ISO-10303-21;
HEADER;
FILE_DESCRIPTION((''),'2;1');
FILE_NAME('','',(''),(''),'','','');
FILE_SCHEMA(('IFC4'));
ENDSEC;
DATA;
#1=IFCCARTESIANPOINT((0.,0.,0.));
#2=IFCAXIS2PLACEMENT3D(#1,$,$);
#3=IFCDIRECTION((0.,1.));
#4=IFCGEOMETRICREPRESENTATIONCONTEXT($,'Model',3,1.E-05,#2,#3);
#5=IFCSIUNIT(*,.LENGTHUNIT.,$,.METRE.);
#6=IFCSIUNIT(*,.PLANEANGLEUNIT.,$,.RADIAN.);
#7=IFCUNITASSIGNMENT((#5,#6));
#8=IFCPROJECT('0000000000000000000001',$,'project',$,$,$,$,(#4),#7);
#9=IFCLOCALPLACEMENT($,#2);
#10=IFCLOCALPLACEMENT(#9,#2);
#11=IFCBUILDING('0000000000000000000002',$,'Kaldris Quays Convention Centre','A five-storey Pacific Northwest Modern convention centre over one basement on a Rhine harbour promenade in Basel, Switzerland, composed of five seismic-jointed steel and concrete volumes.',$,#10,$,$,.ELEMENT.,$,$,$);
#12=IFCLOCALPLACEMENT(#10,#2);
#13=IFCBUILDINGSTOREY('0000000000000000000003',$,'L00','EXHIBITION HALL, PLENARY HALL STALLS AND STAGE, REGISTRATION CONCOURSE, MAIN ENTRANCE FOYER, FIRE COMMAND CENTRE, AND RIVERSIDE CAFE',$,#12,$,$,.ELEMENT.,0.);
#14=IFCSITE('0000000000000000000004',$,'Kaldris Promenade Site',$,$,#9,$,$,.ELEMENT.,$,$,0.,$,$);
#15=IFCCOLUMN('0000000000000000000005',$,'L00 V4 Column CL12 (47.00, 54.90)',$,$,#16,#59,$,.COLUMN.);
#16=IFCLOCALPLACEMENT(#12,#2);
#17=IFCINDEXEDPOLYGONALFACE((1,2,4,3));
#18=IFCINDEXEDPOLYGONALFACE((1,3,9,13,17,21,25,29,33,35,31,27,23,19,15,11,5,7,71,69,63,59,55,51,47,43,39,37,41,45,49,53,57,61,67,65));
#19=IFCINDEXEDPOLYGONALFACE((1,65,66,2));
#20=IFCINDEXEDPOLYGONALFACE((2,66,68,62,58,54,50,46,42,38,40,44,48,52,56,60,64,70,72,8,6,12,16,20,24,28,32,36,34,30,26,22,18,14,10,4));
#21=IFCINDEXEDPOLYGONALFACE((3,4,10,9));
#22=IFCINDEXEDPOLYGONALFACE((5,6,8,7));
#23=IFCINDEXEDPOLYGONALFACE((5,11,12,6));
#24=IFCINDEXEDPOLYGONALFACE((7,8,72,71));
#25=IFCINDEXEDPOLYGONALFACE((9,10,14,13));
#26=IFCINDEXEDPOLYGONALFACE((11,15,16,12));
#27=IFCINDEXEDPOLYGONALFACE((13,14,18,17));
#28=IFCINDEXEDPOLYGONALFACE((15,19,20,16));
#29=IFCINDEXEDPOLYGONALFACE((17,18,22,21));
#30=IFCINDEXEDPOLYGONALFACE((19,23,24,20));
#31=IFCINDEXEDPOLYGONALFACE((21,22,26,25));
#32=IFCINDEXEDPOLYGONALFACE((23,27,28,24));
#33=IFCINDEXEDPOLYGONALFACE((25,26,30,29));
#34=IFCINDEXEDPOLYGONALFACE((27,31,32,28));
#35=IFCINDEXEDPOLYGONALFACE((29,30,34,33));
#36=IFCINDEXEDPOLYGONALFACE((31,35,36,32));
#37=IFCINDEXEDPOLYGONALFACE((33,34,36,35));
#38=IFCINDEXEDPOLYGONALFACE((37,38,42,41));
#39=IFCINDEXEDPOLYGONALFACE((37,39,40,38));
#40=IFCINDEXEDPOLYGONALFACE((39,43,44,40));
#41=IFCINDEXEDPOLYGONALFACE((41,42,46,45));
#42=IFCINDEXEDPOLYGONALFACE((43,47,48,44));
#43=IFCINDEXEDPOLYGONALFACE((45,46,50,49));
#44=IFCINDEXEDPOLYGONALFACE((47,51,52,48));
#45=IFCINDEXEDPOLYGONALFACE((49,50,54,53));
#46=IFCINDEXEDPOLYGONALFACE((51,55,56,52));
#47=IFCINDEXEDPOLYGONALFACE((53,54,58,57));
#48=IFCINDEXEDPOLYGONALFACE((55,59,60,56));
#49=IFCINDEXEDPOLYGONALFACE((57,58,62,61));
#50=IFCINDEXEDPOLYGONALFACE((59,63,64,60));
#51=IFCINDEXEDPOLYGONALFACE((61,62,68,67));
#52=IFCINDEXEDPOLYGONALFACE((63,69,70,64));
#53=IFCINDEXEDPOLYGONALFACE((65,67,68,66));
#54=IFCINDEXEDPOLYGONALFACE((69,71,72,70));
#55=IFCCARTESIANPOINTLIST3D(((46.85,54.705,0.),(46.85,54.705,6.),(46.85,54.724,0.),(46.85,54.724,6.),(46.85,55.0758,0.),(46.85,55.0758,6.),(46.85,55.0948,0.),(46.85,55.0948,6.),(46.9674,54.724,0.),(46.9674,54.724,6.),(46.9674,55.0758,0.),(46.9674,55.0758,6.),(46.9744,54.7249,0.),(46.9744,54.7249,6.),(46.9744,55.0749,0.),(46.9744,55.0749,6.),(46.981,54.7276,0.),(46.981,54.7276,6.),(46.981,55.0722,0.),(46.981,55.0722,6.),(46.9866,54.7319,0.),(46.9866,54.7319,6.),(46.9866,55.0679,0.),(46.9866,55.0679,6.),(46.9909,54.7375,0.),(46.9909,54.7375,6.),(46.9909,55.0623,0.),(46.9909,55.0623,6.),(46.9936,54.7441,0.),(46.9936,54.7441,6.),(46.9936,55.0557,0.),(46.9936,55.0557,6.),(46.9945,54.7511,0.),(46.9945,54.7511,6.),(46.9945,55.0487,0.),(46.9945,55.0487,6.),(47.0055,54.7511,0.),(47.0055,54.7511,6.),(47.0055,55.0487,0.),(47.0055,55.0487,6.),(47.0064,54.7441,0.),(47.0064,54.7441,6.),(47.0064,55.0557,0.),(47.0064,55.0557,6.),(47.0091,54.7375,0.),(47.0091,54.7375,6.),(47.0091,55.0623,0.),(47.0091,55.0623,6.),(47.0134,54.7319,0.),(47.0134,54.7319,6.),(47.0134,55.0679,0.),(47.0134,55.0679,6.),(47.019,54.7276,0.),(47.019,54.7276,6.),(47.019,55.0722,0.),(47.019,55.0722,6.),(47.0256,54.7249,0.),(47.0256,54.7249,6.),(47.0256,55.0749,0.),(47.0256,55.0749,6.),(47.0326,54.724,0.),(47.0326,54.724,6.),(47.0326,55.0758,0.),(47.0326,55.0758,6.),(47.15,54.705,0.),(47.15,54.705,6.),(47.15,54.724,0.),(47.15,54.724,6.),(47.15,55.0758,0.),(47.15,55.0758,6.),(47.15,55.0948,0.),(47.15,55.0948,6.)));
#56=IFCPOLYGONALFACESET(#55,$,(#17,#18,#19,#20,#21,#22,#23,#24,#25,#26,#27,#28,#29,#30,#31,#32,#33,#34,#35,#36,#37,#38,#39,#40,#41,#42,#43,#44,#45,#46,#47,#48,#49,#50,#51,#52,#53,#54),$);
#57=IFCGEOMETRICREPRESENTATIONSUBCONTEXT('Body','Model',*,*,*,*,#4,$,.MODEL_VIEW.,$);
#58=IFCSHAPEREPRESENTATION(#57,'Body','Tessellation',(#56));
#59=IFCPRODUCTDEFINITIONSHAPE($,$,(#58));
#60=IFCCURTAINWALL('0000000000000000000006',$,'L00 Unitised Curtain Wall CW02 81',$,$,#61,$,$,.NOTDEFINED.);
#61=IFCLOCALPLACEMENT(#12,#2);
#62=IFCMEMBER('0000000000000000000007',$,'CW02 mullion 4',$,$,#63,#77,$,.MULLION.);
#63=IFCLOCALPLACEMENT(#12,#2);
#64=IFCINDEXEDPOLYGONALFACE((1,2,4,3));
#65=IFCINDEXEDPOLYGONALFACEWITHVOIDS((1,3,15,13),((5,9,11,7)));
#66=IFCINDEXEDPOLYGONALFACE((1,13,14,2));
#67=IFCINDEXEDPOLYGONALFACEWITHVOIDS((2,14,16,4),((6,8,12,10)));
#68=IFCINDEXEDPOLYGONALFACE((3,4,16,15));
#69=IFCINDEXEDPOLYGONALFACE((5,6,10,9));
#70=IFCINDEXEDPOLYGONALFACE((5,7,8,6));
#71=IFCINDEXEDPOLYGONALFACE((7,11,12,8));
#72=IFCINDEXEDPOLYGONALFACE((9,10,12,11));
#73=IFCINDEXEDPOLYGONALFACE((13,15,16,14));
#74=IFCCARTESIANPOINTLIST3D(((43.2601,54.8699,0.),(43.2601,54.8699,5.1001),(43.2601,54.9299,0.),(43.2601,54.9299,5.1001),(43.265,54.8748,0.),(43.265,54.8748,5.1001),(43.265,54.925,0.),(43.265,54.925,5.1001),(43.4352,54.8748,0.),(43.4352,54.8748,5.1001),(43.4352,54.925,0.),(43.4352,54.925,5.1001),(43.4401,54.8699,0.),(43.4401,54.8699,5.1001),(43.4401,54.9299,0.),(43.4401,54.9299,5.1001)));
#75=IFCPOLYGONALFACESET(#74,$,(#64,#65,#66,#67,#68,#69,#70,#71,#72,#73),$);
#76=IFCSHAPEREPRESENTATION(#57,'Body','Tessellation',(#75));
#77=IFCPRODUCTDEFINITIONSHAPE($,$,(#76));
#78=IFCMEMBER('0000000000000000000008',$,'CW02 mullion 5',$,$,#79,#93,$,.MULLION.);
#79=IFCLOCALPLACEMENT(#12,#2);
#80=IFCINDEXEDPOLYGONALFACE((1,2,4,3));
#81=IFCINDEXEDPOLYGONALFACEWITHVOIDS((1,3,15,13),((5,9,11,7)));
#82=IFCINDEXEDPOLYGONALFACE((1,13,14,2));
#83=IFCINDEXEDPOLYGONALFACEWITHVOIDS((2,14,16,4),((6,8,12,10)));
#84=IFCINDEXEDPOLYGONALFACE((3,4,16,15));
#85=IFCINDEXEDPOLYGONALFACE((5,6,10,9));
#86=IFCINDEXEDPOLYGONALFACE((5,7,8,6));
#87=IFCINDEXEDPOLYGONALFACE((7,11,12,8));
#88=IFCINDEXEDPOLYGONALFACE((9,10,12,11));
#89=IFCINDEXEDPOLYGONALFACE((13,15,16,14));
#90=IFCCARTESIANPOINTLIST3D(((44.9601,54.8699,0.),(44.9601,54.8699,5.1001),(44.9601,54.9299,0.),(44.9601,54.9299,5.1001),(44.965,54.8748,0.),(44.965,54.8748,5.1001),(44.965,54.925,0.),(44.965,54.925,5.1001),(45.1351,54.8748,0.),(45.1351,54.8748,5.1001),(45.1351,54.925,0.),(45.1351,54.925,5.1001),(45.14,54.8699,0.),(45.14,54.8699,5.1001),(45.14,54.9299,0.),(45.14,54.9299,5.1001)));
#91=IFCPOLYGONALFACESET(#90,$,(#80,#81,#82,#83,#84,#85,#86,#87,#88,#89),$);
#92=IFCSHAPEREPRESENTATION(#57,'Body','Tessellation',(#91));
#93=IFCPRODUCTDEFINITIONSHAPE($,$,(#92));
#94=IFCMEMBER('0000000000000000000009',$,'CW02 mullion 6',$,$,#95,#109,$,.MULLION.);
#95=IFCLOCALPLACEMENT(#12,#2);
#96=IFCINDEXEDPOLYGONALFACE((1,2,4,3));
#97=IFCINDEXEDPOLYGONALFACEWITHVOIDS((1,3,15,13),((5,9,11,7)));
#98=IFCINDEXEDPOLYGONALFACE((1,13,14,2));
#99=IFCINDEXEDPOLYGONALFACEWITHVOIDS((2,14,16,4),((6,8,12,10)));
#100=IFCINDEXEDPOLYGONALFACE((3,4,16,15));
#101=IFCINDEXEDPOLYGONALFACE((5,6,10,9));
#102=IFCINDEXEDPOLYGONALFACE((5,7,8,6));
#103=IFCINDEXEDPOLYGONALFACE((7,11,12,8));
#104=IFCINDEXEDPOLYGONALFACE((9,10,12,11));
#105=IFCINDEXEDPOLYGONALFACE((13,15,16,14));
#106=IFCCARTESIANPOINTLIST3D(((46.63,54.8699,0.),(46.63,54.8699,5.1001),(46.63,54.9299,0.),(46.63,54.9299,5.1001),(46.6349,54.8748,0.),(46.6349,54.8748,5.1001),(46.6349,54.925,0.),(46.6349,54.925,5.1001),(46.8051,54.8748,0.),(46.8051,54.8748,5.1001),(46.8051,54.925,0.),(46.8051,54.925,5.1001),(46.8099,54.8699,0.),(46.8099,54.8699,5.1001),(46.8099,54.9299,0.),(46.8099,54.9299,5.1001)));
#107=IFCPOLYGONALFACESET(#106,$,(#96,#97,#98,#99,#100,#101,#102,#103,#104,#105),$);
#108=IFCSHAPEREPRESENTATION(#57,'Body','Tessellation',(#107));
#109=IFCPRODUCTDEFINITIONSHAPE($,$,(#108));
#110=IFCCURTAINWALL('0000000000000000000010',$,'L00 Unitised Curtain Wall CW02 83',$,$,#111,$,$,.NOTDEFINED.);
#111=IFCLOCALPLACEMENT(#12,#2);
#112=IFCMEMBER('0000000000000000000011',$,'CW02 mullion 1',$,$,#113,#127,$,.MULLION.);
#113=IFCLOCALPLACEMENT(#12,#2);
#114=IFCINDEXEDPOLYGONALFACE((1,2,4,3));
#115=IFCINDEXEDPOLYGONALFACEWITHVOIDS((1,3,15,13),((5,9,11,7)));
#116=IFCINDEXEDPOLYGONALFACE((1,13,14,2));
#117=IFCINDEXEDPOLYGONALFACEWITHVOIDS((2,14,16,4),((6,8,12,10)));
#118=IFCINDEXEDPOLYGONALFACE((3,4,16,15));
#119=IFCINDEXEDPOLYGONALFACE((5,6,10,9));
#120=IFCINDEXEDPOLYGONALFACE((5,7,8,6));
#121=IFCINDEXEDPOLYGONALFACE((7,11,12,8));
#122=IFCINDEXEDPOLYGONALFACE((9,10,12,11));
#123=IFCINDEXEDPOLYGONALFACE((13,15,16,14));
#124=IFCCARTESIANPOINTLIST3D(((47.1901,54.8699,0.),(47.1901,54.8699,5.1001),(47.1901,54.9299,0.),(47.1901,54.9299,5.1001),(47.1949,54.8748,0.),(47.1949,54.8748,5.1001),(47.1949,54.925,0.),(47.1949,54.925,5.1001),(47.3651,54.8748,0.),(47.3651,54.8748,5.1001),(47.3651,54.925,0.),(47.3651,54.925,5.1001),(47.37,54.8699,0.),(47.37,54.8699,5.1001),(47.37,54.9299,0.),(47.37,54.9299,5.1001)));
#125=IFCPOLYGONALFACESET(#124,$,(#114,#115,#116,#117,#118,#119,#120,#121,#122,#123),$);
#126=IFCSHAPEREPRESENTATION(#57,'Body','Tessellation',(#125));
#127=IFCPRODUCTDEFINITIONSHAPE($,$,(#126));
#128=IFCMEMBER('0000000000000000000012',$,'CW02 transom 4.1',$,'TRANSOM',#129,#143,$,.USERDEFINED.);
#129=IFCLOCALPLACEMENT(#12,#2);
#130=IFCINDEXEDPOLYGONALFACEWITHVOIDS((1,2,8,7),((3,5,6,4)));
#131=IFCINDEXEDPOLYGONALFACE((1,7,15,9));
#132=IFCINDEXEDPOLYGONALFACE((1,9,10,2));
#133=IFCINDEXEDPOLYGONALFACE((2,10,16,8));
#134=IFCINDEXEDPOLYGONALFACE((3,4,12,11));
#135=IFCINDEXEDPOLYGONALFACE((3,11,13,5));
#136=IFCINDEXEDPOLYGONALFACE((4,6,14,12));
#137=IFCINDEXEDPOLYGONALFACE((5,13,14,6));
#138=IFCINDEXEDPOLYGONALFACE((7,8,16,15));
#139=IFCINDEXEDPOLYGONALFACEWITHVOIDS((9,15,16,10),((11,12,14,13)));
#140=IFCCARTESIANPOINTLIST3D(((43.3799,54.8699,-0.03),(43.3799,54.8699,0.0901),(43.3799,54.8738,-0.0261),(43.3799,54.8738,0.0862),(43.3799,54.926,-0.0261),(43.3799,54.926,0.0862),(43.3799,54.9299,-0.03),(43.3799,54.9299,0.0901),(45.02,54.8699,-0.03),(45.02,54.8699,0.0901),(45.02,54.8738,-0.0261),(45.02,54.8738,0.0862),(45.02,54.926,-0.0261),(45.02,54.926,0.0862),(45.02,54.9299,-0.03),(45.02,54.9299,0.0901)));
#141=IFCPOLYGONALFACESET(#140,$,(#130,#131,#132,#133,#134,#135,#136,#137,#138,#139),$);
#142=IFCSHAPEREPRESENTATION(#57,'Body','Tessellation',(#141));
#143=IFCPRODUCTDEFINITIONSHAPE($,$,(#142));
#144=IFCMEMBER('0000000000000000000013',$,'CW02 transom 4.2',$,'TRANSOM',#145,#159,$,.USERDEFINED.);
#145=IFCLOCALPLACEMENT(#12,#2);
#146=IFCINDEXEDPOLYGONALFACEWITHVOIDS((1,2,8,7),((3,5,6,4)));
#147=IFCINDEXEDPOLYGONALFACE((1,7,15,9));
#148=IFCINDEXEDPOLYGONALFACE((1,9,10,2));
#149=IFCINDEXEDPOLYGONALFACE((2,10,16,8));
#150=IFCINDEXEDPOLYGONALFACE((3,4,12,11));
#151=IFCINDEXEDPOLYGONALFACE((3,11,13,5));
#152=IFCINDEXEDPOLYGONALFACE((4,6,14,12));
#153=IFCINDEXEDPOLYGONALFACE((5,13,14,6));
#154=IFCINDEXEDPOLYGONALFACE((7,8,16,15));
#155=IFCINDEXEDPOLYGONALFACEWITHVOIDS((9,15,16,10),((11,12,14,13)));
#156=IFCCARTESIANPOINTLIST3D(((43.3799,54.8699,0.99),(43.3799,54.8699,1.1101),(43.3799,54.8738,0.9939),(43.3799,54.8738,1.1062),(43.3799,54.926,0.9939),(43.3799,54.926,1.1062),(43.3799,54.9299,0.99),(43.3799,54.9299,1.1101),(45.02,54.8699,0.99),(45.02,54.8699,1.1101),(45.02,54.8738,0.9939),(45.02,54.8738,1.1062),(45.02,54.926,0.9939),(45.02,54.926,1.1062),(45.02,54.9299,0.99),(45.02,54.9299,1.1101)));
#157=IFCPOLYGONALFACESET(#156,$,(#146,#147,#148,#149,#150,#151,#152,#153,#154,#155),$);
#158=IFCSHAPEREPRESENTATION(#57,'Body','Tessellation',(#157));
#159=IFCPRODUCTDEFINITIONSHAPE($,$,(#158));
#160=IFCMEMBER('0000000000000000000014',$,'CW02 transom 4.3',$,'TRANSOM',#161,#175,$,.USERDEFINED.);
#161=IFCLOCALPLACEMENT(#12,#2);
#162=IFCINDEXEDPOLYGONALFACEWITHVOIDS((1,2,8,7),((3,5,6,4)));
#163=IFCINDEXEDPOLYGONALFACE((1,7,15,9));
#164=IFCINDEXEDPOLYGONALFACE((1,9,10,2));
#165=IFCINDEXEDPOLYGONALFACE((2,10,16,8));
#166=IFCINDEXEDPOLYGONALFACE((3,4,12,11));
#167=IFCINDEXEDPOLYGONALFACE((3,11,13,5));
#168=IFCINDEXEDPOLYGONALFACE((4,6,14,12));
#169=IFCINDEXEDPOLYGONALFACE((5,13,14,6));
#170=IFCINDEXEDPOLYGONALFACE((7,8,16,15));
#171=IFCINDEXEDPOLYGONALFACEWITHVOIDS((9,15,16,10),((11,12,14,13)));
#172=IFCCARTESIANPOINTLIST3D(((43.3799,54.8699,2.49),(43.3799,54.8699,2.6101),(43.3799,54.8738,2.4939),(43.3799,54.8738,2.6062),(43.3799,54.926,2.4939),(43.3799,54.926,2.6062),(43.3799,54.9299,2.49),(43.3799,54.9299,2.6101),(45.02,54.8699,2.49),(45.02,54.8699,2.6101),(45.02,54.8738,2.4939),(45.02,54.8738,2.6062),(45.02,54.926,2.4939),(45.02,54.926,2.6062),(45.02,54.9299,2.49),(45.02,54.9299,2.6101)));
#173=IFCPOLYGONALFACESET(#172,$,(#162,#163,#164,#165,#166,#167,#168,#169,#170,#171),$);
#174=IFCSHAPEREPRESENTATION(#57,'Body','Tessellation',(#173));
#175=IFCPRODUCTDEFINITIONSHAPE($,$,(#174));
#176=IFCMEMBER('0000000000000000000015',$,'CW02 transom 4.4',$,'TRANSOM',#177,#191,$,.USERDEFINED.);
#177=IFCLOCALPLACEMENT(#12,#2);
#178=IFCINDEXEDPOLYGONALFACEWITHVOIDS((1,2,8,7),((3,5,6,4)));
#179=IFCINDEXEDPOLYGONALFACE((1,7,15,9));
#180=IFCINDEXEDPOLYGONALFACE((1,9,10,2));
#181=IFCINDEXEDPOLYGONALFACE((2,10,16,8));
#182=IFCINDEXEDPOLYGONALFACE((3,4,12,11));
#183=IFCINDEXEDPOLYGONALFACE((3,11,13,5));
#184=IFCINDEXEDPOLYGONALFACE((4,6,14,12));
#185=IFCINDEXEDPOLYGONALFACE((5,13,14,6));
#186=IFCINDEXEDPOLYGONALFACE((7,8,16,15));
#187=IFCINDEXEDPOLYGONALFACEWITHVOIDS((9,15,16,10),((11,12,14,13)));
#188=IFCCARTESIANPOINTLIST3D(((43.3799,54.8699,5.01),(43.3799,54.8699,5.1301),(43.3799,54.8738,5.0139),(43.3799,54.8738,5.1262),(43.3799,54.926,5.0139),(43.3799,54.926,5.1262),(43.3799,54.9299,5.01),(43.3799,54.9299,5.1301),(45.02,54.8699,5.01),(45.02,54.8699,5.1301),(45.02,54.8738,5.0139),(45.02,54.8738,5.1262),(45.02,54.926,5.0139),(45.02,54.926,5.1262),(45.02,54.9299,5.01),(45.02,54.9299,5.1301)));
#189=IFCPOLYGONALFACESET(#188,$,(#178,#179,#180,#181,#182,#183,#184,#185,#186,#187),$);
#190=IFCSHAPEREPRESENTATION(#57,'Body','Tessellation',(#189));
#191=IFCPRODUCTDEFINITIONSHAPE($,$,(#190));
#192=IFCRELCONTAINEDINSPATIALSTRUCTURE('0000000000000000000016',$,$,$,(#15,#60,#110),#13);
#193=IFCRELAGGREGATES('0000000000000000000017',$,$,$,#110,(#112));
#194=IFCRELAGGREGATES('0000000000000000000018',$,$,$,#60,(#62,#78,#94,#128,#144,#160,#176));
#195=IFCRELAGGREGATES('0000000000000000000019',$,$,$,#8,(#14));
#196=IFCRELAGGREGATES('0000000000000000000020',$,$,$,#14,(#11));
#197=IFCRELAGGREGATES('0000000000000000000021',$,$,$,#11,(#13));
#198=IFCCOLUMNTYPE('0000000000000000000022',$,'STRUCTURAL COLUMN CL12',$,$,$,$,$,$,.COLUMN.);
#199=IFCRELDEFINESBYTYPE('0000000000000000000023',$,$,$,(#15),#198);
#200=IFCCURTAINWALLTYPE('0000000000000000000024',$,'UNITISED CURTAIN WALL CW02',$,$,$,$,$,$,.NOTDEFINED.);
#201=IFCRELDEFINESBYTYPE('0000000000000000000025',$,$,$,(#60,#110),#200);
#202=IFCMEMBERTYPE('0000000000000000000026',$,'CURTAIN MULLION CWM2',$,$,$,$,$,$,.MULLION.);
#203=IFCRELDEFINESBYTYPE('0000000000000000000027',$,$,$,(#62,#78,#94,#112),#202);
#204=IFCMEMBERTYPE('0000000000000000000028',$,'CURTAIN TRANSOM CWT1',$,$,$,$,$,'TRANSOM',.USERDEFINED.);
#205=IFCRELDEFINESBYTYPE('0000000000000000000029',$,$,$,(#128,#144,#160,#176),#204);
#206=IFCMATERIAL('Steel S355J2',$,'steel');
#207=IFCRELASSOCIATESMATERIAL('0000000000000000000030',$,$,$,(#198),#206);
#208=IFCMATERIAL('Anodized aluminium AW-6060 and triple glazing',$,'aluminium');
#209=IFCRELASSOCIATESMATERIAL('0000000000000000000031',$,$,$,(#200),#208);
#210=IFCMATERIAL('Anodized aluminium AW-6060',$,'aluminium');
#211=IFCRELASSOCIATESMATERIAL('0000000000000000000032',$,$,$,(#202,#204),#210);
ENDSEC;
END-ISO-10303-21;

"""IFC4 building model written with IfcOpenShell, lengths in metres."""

from ifc_helpers import new_model, si_unit, direction, frame, origin, origin_2d, place, context, subcontext, project, spatial, hollow_rectangle, i_section, extrude, material, material_profile, profile_set, type_object, element, aggregate, save


model = new_model("IFC4")

# Units and contexts
model_context = context("Model", 3, precision=1e-05, world=origin(), true_north=direction((0.0, 1.0)))
body_context = subcontext(model_context, "Body", "Model", "MODEL_VIEW")
ifc_project = project(units=[si_unit("LENGTHUNIT", "METRE"), si_unit("PLANEANGLEUNIT", "RADIAN")], contexts=[model_context])

# Site, building, storey
site_placement = place(None, origin())
site = spatial("IfcSite", under=ifc_project, at=site_placement, Name="Kaldris Promenade Site", CompositionType="ELEMENT", RefElevation=0.0)
building_placement = place(site_placement, origin())
building = spatial("IfcBuilding", under=site, at=building_placement, Name="Kaldris Quays Convention Centre", Description="A five-storey Pacific Northwest Modern convention centre over one basement on a Rhine harbour promenade in Basel, Switzerland, composed of five seismic-jointed steel and concrete volumes.", CompositionType="ELEMENT")
storey_placement = place(building_placement, origin())
storey = spatial("IfcBuildingStorey", under=building, at=storey_placement, Name="L00", Description="EXHIBITION HALL, PLENARY HALL STALLS AND STAGE, REGISTRATION CONCOURSE, MAIN ENTRANCE FOYER, FIRE COMMAND CENTRE, AND RIVERSIDE CAFE", CompositionType="ELEMENT", Elevation=0.0)

# Column
ifc_material_1 = material(Name="Steel S355J2", Category="steel")
ifc_material_profile_1 = material_profile(ifc_material_1, i_section(OverallWidth=0.3, OverallDepth=0.3899, WebThickness=0.011, FlangeThickness=0.019, FilletRadius=0.0271, at=origin_2d()), Name="HEA 400")
ifc_profile_set_1 = profile_set([ifc_material_profile_1], Name="Steel S355J2")
column_type = type_object("IfcColumnType", Name="STRUCTURAL COLUMN CL12", PredefinedType="COLUMN", material=ifc_profile_set_1)
column_placement = place(storey_placement, frame((47.0, 54.8999, 0.0), z_axis=(0.0, 0.0, 1.0), x_axis=(1.0, 0.0, 0.0)))
element("IfcColumn", 1, at=column_placement, inside=storey, type_object=column_type, Name="L00 V4 Column CL12 (47.00, 54.90)", PredefinedType="COLUMN", context=body_context, shape_type="SweptSolid", body=[
    extrude(i_section(OverallWidth=0.3, OverallDepth=0.3899, WebThickness=0.011, FlangeThickness=0.019, FilletRadius=0.0271, at=origin_2d()), origin(), (0.0, 0.0, 1.0), 6.0),
])

# Curtain wall, members
ifc_material_2 = material(Name="Anodized aluminium AW-6060 and triple glazing", Category="aluminium")
curtain_wall_type = type_object("IfcCurtainWallType", Name="UNITISED CURTAIN WALL CW02", PredefinedType="NOTDEFINED", material=ifc_material_2)
curtain_wall_1_placement = place(storey_placement, origin())
curtain_wall_1 = element("IfcCurtainWall", 2, at=curtain_wall_1_placement, inside=storey, type_object=curtain_wall_type, Name="L00 Unitised Curtain Wall CW02 81", PredefinedType="NOTDEFINED")
ifc_material_3 = material(Name="Anodized aluminium AW-6060", Category="aluminium")
ifc_material_profile_2 = material_profile(ifc_material_3, hollow_rectangle(XDim=0.0601, YDim=0.1799, WallThickness=0.0049, at=origin_2d()), Name="RHS 180x60x5")
ifc_profile_set_2 = profile_set([ifc_material_profile_2], Name="Anodized aluminium AW-6060")
member_type_1 = type_object("IfcMemberType", Name="CURTAIN MULLION CWM2", PredefinedType="MULLION", material=ifc_profile_set_2)
member_1_placement = place(storey_placement, frame((43.3501, 54.8999, 0.0), z_axis=(0.0, 0.0, 1.0), x_axis=(0.0, 1.0, 0.0)))
member_1 = element("IfcMember", 3, at=member_1_placement, type_object=member_type_1, Name="CW02 mullion 4", PredefinedType="MULLION", context=body_context, shape_type="SweptSolid", body=[
    extrude(hollow_rectangle(XDim=0.0601, YDim=0.1799, WallThickness=0.0049, at=origin_2d()), origin(), (0.0, 0.0, 1.0), 5.1001),
])
member_2_placement = place(storey_placement, frame((45.05, 54.8999, 0.0), z_axis=(0.0, 0.0, 1.0), x_axis=(0.0, 1.0, 0.0)))
member_2 = element("IfcMember", 4, at=member_2_placement, type_object=member_type_1, Name="CW02 mullion 5", PredefinedType="MULLION", context=body_context, shape_type="SweptSolid", body=[
    extrude(hollow_rectangle(XDim=0.0601, YDim=0.1799, WallThickness=0.0049, at=origin_2d()), origin(), (0.0, 0.0, 1.0), 5.1001),
])
member_3_placement = place(storey_placement, frame((46.72, 54.8999, 0.0), z_axis=(0.0, 0.0, 1.0), x_axis=(0.0, 1.0, 0.0)))
member_3 = element("IfcMember", 5, at=member_3_placement, type_object=member_type_1, Name="CW02 mullion 6", PredefinedType="MULLION", context=body_context, shape_type="SweptSolid", body=[
    extrude(hollow_rectangle(XDim=0.0601, YDim=0.1799, WallThickness=0.0049, at=origin_2d()), origin(), (0.0, 0.0, 1.0), 5.1001),
])

# Curtain wall, member
curtain_wall_2_placement = place(storey_placement, origin())
curtain_wall_2 = element("IfcCurtainWall", 6, at=curtain_wall_2_placement, inside=storey, type_object=curtain_wall_type, Name="L00 Unitised Curtain Wall CW02 83", PredefinedType="NOTDEFINED")
member_4_placement = place(storey_placement, frame((47.28, 54.8999, 0.0), z_axis=(0.0, 0.0, 1.0), x_axis=(0.0, 1.0, 0.0)))
member_4 = element("IfcMember", 7, at=member_4_placement, type_object=member_type_1, Name="CW02 mullion 1", PredefinedType="MULLION", context=body_context, shape_type="SweptSolid", body=[
    extrude(hollow_rectangle(XDim=0.0601, YDim=0.1799, WallThickness=0.0049, at=origin_2d()), origin(), (0.0, 0.0, 1.0), 5.1001),
])

# Members
ifc_material_profile_3 = material_profile(ifc_material_3, hollow_rectangle(XDim=0.0601, YDim=0.1201, WallThickness=0.0039, at=origin_2d()), Name="RHS 120x60x4")
ifc_profile_set_3 = profile_set([ifc_material_profile_3], Name="Anodized aluminium AW-6060")
member_type_2 = type_object("IfcMemberType", Name="CURTAIN TRANSOM CWT1", ElementType="TRANSOM", PredefinedType="USERDEFINED", material=ifc_profile_set_3)
member_5_placement = place(storey_placement, frame((43.3799, 54.8999, 0.03), z_axis=(1.0, 0.0, 0.0), x_axis=(0.0, 1.0, 0.0)))
member_5 = element("IfcMember", 8, at=member_5_placement, type_object=member_type_2, Name="CW02 transom 4.1", ObjectType="TRANSOM", PredefinedType="USERDEFINED", context=body_context, shape_type="SweptSolid", body=[
    extrude(hollow_rectangle(XDim=0.0601, YDim=0.1201, WallThickness=0.0039, at=origin_2d()), origin(), (0.0, 0.0, 1.0), 1.6401),
])
member_6_placement = place(storey_placement, frame((43.3799, 54.8999, 1.05), z_axis=(1.0, 0.0, 0.0), x_axis=(0.0, 1.0, 0.0)))
member_6 = element("IfcMember", 9, at=member_6_placement, type_object=member_type_2, Name="CW02 transom 4.2", ObjectType="TRANSOM", PredefinedType="USERDEFINED", context=body_context, shape_type="SweptSolid", body=[
    extrude(hollow_rectangle(XDim=0.0601, YDim=0.1201, WallThickness=0.0039, at=origin_2d()), origin(), (0.0, 0.0, 1.0), 1.6401),
])
member_7_placement = place(storey_placement, frame((43.3799, 54.8999, 2.55), z_axis=(1.0, 0.0, 0.0), x_axis=(0.0, 1.0, 0.0)))
member_7 = element("IfcMember", 10, at=member_7_placement, type_object=member_type_2, Name="CW02 transom 4.3", ObjectType="TRANSOM", PredefinedType="USERDEFINED", context=body_context, shape_type="SweptSolid", body=[
    extrude(hollow_rectangle(XDim=0.0601, YDim=0.1201, WallThickness=0.0039, at=origin_2d()), origin(), (0.0, 0.0, 1.0), 1.6401),
])
member_8_placement = place(storey_placement, frame((43.3799, 54.8999, 5.0701), z_axis=(1.0, 0.0, 0.0), x_axis=(0.0, 1.0, 0.0)))
member_8 = element("IfcMember", 11, at=member_8_placement, type_object=member_type_2, Name="CW02 transom 4.4", ObjectType="TRANSOM", PredefinedType="USERDEFINED", context=body_context, shape_type="SweptSolid", body=[
    extrude(hollow_rectangle(XDim=0.0601, YDim=0.1201, WallThickness=0.0039, at=origin_2d()), origin(), (0.0, 0.0, 1.0), 1.6401),
])
aggregate(curtain_wall_2, [member_4])

aggregate(curtain_wall_1, [member_1, member_2, member_3, member_5, member_6, member_7, member_8])

save(model, "model.ifc")
